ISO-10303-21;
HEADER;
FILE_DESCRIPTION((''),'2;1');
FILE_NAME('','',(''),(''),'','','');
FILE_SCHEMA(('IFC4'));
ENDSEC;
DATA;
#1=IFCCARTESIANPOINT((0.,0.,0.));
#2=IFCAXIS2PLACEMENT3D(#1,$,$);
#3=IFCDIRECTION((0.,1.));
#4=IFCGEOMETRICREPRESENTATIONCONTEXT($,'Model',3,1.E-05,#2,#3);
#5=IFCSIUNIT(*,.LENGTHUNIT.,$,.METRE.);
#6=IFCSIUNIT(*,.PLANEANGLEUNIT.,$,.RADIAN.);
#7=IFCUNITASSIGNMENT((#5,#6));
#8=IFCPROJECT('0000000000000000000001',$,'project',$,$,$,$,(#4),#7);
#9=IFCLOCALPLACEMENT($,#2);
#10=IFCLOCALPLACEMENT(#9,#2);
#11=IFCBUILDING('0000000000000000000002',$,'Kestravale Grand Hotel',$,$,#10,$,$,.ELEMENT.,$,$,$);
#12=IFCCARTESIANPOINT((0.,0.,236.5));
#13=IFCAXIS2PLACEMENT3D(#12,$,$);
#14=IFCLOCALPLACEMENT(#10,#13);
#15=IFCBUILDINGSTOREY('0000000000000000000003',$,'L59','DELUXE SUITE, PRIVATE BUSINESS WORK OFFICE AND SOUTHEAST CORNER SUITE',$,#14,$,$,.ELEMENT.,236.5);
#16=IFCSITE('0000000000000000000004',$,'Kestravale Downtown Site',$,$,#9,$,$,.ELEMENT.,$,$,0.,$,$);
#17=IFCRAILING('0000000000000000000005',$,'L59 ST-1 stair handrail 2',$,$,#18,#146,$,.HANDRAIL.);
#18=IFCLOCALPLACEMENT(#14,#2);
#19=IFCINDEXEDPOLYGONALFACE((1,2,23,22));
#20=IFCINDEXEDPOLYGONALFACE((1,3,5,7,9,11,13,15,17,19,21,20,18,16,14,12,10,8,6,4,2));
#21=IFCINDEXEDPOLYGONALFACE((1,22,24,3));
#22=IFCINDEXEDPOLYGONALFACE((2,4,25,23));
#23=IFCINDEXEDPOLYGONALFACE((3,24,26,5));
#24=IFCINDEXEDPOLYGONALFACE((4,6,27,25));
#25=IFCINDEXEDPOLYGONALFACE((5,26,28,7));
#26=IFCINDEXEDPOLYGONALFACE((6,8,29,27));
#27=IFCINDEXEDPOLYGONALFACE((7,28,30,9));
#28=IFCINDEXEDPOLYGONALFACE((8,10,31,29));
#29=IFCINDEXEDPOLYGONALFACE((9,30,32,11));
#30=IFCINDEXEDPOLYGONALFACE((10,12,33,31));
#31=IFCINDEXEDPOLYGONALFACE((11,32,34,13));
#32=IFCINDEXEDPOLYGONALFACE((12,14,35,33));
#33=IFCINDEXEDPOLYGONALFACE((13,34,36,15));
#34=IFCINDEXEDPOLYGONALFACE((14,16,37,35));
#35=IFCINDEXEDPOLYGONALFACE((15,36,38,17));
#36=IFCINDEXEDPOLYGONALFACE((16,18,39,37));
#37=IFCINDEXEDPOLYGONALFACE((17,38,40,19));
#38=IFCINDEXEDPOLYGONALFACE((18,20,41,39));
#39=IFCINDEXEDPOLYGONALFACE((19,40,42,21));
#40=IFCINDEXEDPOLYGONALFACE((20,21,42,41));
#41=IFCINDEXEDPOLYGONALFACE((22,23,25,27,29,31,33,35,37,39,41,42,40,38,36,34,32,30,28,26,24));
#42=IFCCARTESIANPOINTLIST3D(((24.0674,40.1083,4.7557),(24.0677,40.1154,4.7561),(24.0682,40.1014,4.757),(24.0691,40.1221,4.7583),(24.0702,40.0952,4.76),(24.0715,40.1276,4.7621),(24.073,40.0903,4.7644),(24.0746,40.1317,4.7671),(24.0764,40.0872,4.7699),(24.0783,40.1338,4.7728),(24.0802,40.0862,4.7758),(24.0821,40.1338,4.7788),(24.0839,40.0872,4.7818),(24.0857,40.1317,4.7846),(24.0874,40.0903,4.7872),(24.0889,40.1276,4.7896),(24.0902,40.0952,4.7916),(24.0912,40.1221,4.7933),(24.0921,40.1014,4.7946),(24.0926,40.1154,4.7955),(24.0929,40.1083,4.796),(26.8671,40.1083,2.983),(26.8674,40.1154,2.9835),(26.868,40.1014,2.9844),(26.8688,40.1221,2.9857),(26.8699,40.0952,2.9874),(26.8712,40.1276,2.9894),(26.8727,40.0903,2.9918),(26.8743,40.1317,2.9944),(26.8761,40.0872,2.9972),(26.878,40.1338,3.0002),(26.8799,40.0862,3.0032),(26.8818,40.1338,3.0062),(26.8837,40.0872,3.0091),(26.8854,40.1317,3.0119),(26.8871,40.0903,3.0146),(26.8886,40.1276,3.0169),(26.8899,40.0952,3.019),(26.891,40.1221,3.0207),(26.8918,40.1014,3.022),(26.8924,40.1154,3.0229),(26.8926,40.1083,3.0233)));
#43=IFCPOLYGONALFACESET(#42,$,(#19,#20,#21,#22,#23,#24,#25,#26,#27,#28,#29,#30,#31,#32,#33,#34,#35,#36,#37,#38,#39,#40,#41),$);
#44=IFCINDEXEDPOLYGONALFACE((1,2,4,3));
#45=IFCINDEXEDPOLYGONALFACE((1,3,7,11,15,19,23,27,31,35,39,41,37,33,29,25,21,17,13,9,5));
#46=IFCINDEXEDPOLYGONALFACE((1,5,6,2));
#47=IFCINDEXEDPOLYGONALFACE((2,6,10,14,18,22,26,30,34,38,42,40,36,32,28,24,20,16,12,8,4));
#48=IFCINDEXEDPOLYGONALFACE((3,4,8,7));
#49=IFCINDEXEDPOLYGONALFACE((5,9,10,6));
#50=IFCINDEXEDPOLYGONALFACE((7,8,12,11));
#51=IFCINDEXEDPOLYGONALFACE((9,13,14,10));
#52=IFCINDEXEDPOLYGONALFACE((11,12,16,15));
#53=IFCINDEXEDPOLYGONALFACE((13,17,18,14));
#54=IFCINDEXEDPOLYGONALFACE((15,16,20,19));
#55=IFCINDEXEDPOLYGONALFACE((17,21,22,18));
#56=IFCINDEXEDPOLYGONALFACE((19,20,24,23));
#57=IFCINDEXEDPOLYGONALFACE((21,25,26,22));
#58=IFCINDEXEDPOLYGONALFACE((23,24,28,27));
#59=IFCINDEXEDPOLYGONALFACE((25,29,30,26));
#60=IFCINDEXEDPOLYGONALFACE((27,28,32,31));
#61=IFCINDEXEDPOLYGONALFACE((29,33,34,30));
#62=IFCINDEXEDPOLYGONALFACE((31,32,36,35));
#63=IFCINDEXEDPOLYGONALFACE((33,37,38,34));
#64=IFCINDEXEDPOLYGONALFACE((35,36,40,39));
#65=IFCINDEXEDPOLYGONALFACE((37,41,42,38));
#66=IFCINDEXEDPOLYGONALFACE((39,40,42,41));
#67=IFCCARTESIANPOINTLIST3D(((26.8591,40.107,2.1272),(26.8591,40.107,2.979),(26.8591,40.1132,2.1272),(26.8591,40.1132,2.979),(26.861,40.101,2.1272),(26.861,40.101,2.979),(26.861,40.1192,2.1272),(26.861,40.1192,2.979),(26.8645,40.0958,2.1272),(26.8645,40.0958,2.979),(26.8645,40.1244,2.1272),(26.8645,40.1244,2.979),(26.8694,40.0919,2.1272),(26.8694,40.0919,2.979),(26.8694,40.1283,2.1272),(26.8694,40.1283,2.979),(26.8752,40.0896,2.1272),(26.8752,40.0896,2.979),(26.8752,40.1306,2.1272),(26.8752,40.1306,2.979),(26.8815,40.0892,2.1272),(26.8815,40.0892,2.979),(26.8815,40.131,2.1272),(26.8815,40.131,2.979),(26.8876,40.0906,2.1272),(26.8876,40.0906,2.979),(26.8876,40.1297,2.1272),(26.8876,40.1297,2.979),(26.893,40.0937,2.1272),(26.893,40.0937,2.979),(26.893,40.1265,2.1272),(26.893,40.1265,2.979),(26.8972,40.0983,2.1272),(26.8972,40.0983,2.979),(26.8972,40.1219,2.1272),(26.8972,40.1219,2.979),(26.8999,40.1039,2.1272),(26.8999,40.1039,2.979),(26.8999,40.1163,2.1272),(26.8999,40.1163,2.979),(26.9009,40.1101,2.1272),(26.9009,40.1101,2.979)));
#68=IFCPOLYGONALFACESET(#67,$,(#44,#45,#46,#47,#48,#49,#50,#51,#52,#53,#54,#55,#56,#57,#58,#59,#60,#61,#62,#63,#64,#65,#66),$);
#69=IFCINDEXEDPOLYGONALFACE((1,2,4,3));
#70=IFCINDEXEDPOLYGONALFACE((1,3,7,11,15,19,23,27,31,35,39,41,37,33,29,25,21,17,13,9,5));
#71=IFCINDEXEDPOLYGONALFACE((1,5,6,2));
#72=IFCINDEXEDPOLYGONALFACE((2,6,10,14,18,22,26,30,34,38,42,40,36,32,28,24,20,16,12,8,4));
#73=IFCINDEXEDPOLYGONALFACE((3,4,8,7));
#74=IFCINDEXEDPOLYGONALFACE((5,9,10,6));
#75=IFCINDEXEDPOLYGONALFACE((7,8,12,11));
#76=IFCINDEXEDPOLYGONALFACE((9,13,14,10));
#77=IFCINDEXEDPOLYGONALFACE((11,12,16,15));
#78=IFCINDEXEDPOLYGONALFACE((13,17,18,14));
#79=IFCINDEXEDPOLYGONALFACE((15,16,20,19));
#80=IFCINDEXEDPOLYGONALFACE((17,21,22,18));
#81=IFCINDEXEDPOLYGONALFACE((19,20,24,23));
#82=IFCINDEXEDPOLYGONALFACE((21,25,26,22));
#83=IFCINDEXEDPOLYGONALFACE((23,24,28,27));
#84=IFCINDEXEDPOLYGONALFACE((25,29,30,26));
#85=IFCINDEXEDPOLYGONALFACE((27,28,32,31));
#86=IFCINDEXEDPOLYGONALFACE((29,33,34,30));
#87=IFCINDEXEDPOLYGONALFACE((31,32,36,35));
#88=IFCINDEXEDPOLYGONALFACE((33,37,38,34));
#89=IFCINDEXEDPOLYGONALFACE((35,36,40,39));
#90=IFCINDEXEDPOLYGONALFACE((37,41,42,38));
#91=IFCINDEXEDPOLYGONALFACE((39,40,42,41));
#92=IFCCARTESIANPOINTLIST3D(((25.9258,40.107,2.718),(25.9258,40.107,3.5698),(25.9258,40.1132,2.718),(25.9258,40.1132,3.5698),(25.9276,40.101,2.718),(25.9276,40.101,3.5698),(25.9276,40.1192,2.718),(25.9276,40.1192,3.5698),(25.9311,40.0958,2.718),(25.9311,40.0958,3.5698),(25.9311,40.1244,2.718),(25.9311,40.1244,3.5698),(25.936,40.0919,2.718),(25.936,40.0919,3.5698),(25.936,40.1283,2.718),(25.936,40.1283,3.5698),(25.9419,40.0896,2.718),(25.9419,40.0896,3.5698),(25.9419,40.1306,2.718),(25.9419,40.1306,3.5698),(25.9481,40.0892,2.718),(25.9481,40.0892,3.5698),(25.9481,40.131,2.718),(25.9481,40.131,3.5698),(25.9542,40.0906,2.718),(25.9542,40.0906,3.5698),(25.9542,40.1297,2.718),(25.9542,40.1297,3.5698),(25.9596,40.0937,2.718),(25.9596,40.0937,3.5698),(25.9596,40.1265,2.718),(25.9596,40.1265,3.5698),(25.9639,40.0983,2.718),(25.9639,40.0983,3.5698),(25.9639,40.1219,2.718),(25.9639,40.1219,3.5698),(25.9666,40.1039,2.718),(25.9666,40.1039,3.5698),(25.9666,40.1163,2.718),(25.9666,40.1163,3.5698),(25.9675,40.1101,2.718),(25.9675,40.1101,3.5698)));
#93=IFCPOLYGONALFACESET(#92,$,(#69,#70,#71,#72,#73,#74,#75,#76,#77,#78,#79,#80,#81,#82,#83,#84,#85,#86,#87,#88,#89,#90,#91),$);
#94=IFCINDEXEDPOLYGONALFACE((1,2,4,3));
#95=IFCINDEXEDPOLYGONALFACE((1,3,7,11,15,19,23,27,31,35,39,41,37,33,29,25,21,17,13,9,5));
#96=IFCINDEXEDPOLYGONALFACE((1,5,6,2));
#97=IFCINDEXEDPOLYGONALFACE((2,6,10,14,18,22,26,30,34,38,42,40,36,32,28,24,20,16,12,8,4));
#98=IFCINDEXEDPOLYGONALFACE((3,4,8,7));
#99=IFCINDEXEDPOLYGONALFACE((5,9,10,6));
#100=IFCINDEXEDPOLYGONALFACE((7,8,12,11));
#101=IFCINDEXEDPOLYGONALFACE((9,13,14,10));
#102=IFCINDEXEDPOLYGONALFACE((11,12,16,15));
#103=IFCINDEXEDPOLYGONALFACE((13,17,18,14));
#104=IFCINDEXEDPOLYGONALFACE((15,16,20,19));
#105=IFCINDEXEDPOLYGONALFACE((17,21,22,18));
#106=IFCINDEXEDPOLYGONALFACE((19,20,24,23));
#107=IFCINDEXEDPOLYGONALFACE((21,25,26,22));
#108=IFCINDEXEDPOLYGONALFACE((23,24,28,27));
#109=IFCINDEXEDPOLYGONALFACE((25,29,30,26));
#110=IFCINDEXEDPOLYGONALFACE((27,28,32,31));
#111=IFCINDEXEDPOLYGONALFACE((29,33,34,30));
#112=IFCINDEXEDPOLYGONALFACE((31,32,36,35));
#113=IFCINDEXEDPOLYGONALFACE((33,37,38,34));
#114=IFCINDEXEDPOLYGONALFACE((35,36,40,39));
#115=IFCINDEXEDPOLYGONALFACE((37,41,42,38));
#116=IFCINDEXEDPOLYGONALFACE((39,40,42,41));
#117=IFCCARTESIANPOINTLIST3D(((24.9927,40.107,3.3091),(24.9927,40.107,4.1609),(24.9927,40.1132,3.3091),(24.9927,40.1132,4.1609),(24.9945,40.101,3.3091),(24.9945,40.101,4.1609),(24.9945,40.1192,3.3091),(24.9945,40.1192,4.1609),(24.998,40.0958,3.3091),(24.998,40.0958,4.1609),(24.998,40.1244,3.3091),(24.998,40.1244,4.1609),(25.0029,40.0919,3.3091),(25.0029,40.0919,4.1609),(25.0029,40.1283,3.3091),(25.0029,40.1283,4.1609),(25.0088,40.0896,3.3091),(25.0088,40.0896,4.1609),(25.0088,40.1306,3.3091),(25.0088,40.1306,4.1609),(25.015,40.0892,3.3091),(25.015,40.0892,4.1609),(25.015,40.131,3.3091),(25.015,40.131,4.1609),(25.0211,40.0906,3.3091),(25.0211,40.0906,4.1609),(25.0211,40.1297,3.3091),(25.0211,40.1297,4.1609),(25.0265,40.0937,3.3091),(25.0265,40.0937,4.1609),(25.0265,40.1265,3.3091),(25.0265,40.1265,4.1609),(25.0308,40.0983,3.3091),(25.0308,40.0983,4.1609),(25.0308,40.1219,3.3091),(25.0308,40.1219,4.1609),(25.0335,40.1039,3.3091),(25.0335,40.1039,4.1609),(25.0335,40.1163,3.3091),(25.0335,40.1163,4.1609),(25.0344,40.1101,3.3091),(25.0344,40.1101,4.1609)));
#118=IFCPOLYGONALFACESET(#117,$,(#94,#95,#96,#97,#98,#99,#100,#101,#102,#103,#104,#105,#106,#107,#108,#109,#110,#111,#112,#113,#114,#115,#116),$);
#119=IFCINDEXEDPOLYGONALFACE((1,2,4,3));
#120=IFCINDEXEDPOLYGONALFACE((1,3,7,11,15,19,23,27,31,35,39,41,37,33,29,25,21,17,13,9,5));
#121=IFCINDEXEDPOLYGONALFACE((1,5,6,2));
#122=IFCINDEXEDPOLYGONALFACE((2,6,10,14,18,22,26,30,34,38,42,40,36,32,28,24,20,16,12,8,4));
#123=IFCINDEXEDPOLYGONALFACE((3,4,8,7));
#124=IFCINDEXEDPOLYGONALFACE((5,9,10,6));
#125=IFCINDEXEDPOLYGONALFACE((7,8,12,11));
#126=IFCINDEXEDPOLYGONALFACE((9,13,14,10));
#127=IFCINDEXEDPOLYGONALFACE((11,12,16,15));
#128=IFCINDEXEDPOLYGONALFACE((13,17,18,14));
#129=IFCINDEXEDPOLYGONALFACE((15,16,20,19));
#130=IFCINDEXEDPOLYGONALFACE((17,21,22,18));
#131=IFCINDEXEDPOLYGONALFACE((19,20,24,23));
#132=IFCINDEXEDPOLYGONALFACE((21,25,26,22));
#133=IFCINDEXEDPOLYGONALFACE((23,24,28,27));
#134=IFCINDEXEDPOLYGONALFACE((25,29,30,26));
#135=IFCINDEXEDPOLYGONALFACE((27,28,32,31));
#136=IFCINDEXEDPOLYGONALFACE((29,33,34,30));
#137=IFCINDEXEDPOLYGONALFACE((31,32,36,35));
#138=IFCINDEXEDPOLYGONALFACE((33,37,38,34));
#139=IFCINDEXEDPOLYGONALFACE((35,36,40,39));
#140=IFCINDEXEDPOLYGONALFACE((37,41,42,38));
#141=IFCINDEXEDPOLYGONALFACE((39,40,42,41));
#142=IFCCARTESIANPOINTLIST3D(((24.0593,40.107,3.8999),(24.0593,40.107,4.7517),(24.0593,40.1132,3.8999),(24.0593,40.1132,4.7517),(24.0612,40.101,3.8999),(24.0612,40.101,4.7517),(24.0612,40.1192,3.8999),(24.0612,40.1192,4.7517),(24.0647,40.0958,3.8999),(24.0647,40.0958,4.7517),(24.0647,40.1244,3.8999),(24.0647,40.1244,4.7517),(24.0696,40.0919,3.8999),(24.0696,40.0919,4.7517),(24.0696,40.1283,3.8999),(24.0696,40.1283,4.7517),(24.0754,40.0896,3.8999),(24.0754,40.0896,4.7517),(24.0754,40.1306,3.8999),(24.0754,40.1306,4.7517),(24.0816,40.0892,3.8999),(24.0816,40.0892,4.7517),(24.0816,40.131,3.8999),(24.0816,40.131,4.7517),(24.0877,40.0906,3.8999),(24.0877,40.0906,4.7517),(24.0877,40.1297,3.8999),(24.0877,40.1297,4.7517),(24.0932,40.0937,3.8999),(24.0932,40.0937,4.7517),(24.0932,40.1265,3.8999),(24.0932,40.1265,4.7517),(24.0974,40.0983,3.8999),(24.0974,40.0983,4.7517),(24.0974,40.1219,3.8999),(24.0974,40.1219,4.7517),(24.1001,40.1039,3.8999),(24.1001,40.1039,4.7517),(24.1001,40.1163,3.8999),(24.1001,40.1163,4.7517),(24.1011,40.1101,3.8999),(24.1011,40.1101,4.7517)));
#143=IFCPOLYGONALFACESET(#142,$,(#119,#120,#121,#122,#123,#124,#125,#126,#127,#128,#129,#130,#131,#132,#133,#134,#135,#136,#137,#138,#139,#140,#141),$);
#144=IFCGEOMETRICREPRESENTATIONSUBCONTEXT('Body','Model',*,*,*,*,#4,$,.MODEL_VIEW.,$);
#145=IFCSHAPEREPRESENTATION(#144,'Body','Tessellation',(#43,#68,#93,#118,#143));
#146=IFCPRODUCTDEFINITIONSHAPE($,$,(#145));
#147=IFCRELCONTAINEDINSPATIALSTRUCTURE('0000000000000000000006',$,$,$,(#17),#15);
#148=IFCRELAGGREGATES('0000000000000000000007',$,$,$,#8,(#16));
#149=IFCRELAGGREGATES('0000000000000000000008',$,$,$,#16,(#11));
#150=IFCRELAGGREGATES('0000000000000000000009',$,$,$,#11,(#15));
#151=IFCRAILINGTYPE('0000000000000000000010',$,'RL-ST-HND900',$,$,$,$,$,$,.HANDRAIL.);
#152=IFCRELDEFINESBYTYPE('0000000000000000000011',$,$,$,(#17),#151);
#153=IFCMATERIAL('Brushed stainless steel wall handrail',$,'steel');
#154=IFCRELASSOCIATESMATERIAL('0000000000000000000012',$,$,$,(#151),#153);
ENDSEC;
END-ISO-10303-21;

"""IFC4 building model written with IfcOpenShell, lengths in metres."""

from ifc_helpers import new_model, si_unit, direction, frame, origin, origin_2d, place, context, subcontext, project, spatial, circle, extrude, material, type_object, element, save


model = new_model("IFC4")

# Units and contexts
model_context = context("Model", 3, precision=1e-05, world=origin(), true_north=direction((0.0, 1.0)))
body_context = subcontext(model_context, "Body", "Model", "MODEL_VIEW")
ifc_project = project(units=[si_unit("LENGTHUNIT", "METRE"), si_unit("PLANEANGLEUNIT", "RADIAN")], contexts=[model_context])

# Site, building, storey
site_placement = place(None, origin())
site = spatial("IfcSite", under=ifc_project, at=site_placement, Name="Kestravale Downtown Site", CompositionType="ELEMENT", RefElevation=0.0)
building_placement = place(site_placement, origin())
building = spatial("IfcBuilding", under=site, at=building_placement, Name="Kestravale Grand Hotel", CompositionType="ELEMENT")
storey_placement = place(building_placement, frame((0.0, 0.0, 236.5)))
storey = spatial("IfcBuildingStorey", under=building, at=storey_placement, Name="L59", Description="DELUXE SUITE, PRIVATE BUSINESS WORK OFFICE AND SOUTHEAST CORNER SUITE", CompositionType="ELEMENT", Elevation=236.5)

# Railing
ifc_material_1 = material(Name="Brushed stainless steel wall handrail", Category="steel")
railing_type_1 = type_object("IfcRailingType", Name="RL-ST-HND900", PredefinedType="HANDRAIL", material=ifc_material_1)
railing_1_placement = place(storey_placement, frame((26.8799, 40.1101, 2.1272)))
element("IfcRailing", 1, at=railing_1_placement, inside=storey, type_object=railing_type_1, Name="L59 ST-1 stair handrail 2", PredefinedType="HANDRAIL", context=body_context, shape_type="SweptSolid", body=[
    extrude(circle(Radius=0.0239, at=origin_2d()), frame((0.0, 0.0, 0.876), z_axis=(-0.844888, 0.0, 0.534943), x_axis=(0.0, -1.0, 0.0)), (0.0, 0.0, 1.0), 3.3137),
    extrude(circle(Radius=0.021, at=origin_2d()), origin(), (0.0, 0.0, 1.0), 0.8518),
    extrude(circle(Radius=0.021, at=origin_2d()), frame((-0.9333, 0.0, 0.5908)), (0.0, 0.0, 1.0), 0.8518),
    extrude(circle(Radius=0.021, at=origin_2d()), frame((-1.8665, 0.0, 1.1819)), (0.0, 0.0, 1.0), 0.8518),
    extrude(circle(Radius=0.021, at=origin_2d()), frame((-2.7998, 0.0, 1.7727)), (0.0, 0.0, 1.0), 0.8518),
])

save(model, "model.ifc")
